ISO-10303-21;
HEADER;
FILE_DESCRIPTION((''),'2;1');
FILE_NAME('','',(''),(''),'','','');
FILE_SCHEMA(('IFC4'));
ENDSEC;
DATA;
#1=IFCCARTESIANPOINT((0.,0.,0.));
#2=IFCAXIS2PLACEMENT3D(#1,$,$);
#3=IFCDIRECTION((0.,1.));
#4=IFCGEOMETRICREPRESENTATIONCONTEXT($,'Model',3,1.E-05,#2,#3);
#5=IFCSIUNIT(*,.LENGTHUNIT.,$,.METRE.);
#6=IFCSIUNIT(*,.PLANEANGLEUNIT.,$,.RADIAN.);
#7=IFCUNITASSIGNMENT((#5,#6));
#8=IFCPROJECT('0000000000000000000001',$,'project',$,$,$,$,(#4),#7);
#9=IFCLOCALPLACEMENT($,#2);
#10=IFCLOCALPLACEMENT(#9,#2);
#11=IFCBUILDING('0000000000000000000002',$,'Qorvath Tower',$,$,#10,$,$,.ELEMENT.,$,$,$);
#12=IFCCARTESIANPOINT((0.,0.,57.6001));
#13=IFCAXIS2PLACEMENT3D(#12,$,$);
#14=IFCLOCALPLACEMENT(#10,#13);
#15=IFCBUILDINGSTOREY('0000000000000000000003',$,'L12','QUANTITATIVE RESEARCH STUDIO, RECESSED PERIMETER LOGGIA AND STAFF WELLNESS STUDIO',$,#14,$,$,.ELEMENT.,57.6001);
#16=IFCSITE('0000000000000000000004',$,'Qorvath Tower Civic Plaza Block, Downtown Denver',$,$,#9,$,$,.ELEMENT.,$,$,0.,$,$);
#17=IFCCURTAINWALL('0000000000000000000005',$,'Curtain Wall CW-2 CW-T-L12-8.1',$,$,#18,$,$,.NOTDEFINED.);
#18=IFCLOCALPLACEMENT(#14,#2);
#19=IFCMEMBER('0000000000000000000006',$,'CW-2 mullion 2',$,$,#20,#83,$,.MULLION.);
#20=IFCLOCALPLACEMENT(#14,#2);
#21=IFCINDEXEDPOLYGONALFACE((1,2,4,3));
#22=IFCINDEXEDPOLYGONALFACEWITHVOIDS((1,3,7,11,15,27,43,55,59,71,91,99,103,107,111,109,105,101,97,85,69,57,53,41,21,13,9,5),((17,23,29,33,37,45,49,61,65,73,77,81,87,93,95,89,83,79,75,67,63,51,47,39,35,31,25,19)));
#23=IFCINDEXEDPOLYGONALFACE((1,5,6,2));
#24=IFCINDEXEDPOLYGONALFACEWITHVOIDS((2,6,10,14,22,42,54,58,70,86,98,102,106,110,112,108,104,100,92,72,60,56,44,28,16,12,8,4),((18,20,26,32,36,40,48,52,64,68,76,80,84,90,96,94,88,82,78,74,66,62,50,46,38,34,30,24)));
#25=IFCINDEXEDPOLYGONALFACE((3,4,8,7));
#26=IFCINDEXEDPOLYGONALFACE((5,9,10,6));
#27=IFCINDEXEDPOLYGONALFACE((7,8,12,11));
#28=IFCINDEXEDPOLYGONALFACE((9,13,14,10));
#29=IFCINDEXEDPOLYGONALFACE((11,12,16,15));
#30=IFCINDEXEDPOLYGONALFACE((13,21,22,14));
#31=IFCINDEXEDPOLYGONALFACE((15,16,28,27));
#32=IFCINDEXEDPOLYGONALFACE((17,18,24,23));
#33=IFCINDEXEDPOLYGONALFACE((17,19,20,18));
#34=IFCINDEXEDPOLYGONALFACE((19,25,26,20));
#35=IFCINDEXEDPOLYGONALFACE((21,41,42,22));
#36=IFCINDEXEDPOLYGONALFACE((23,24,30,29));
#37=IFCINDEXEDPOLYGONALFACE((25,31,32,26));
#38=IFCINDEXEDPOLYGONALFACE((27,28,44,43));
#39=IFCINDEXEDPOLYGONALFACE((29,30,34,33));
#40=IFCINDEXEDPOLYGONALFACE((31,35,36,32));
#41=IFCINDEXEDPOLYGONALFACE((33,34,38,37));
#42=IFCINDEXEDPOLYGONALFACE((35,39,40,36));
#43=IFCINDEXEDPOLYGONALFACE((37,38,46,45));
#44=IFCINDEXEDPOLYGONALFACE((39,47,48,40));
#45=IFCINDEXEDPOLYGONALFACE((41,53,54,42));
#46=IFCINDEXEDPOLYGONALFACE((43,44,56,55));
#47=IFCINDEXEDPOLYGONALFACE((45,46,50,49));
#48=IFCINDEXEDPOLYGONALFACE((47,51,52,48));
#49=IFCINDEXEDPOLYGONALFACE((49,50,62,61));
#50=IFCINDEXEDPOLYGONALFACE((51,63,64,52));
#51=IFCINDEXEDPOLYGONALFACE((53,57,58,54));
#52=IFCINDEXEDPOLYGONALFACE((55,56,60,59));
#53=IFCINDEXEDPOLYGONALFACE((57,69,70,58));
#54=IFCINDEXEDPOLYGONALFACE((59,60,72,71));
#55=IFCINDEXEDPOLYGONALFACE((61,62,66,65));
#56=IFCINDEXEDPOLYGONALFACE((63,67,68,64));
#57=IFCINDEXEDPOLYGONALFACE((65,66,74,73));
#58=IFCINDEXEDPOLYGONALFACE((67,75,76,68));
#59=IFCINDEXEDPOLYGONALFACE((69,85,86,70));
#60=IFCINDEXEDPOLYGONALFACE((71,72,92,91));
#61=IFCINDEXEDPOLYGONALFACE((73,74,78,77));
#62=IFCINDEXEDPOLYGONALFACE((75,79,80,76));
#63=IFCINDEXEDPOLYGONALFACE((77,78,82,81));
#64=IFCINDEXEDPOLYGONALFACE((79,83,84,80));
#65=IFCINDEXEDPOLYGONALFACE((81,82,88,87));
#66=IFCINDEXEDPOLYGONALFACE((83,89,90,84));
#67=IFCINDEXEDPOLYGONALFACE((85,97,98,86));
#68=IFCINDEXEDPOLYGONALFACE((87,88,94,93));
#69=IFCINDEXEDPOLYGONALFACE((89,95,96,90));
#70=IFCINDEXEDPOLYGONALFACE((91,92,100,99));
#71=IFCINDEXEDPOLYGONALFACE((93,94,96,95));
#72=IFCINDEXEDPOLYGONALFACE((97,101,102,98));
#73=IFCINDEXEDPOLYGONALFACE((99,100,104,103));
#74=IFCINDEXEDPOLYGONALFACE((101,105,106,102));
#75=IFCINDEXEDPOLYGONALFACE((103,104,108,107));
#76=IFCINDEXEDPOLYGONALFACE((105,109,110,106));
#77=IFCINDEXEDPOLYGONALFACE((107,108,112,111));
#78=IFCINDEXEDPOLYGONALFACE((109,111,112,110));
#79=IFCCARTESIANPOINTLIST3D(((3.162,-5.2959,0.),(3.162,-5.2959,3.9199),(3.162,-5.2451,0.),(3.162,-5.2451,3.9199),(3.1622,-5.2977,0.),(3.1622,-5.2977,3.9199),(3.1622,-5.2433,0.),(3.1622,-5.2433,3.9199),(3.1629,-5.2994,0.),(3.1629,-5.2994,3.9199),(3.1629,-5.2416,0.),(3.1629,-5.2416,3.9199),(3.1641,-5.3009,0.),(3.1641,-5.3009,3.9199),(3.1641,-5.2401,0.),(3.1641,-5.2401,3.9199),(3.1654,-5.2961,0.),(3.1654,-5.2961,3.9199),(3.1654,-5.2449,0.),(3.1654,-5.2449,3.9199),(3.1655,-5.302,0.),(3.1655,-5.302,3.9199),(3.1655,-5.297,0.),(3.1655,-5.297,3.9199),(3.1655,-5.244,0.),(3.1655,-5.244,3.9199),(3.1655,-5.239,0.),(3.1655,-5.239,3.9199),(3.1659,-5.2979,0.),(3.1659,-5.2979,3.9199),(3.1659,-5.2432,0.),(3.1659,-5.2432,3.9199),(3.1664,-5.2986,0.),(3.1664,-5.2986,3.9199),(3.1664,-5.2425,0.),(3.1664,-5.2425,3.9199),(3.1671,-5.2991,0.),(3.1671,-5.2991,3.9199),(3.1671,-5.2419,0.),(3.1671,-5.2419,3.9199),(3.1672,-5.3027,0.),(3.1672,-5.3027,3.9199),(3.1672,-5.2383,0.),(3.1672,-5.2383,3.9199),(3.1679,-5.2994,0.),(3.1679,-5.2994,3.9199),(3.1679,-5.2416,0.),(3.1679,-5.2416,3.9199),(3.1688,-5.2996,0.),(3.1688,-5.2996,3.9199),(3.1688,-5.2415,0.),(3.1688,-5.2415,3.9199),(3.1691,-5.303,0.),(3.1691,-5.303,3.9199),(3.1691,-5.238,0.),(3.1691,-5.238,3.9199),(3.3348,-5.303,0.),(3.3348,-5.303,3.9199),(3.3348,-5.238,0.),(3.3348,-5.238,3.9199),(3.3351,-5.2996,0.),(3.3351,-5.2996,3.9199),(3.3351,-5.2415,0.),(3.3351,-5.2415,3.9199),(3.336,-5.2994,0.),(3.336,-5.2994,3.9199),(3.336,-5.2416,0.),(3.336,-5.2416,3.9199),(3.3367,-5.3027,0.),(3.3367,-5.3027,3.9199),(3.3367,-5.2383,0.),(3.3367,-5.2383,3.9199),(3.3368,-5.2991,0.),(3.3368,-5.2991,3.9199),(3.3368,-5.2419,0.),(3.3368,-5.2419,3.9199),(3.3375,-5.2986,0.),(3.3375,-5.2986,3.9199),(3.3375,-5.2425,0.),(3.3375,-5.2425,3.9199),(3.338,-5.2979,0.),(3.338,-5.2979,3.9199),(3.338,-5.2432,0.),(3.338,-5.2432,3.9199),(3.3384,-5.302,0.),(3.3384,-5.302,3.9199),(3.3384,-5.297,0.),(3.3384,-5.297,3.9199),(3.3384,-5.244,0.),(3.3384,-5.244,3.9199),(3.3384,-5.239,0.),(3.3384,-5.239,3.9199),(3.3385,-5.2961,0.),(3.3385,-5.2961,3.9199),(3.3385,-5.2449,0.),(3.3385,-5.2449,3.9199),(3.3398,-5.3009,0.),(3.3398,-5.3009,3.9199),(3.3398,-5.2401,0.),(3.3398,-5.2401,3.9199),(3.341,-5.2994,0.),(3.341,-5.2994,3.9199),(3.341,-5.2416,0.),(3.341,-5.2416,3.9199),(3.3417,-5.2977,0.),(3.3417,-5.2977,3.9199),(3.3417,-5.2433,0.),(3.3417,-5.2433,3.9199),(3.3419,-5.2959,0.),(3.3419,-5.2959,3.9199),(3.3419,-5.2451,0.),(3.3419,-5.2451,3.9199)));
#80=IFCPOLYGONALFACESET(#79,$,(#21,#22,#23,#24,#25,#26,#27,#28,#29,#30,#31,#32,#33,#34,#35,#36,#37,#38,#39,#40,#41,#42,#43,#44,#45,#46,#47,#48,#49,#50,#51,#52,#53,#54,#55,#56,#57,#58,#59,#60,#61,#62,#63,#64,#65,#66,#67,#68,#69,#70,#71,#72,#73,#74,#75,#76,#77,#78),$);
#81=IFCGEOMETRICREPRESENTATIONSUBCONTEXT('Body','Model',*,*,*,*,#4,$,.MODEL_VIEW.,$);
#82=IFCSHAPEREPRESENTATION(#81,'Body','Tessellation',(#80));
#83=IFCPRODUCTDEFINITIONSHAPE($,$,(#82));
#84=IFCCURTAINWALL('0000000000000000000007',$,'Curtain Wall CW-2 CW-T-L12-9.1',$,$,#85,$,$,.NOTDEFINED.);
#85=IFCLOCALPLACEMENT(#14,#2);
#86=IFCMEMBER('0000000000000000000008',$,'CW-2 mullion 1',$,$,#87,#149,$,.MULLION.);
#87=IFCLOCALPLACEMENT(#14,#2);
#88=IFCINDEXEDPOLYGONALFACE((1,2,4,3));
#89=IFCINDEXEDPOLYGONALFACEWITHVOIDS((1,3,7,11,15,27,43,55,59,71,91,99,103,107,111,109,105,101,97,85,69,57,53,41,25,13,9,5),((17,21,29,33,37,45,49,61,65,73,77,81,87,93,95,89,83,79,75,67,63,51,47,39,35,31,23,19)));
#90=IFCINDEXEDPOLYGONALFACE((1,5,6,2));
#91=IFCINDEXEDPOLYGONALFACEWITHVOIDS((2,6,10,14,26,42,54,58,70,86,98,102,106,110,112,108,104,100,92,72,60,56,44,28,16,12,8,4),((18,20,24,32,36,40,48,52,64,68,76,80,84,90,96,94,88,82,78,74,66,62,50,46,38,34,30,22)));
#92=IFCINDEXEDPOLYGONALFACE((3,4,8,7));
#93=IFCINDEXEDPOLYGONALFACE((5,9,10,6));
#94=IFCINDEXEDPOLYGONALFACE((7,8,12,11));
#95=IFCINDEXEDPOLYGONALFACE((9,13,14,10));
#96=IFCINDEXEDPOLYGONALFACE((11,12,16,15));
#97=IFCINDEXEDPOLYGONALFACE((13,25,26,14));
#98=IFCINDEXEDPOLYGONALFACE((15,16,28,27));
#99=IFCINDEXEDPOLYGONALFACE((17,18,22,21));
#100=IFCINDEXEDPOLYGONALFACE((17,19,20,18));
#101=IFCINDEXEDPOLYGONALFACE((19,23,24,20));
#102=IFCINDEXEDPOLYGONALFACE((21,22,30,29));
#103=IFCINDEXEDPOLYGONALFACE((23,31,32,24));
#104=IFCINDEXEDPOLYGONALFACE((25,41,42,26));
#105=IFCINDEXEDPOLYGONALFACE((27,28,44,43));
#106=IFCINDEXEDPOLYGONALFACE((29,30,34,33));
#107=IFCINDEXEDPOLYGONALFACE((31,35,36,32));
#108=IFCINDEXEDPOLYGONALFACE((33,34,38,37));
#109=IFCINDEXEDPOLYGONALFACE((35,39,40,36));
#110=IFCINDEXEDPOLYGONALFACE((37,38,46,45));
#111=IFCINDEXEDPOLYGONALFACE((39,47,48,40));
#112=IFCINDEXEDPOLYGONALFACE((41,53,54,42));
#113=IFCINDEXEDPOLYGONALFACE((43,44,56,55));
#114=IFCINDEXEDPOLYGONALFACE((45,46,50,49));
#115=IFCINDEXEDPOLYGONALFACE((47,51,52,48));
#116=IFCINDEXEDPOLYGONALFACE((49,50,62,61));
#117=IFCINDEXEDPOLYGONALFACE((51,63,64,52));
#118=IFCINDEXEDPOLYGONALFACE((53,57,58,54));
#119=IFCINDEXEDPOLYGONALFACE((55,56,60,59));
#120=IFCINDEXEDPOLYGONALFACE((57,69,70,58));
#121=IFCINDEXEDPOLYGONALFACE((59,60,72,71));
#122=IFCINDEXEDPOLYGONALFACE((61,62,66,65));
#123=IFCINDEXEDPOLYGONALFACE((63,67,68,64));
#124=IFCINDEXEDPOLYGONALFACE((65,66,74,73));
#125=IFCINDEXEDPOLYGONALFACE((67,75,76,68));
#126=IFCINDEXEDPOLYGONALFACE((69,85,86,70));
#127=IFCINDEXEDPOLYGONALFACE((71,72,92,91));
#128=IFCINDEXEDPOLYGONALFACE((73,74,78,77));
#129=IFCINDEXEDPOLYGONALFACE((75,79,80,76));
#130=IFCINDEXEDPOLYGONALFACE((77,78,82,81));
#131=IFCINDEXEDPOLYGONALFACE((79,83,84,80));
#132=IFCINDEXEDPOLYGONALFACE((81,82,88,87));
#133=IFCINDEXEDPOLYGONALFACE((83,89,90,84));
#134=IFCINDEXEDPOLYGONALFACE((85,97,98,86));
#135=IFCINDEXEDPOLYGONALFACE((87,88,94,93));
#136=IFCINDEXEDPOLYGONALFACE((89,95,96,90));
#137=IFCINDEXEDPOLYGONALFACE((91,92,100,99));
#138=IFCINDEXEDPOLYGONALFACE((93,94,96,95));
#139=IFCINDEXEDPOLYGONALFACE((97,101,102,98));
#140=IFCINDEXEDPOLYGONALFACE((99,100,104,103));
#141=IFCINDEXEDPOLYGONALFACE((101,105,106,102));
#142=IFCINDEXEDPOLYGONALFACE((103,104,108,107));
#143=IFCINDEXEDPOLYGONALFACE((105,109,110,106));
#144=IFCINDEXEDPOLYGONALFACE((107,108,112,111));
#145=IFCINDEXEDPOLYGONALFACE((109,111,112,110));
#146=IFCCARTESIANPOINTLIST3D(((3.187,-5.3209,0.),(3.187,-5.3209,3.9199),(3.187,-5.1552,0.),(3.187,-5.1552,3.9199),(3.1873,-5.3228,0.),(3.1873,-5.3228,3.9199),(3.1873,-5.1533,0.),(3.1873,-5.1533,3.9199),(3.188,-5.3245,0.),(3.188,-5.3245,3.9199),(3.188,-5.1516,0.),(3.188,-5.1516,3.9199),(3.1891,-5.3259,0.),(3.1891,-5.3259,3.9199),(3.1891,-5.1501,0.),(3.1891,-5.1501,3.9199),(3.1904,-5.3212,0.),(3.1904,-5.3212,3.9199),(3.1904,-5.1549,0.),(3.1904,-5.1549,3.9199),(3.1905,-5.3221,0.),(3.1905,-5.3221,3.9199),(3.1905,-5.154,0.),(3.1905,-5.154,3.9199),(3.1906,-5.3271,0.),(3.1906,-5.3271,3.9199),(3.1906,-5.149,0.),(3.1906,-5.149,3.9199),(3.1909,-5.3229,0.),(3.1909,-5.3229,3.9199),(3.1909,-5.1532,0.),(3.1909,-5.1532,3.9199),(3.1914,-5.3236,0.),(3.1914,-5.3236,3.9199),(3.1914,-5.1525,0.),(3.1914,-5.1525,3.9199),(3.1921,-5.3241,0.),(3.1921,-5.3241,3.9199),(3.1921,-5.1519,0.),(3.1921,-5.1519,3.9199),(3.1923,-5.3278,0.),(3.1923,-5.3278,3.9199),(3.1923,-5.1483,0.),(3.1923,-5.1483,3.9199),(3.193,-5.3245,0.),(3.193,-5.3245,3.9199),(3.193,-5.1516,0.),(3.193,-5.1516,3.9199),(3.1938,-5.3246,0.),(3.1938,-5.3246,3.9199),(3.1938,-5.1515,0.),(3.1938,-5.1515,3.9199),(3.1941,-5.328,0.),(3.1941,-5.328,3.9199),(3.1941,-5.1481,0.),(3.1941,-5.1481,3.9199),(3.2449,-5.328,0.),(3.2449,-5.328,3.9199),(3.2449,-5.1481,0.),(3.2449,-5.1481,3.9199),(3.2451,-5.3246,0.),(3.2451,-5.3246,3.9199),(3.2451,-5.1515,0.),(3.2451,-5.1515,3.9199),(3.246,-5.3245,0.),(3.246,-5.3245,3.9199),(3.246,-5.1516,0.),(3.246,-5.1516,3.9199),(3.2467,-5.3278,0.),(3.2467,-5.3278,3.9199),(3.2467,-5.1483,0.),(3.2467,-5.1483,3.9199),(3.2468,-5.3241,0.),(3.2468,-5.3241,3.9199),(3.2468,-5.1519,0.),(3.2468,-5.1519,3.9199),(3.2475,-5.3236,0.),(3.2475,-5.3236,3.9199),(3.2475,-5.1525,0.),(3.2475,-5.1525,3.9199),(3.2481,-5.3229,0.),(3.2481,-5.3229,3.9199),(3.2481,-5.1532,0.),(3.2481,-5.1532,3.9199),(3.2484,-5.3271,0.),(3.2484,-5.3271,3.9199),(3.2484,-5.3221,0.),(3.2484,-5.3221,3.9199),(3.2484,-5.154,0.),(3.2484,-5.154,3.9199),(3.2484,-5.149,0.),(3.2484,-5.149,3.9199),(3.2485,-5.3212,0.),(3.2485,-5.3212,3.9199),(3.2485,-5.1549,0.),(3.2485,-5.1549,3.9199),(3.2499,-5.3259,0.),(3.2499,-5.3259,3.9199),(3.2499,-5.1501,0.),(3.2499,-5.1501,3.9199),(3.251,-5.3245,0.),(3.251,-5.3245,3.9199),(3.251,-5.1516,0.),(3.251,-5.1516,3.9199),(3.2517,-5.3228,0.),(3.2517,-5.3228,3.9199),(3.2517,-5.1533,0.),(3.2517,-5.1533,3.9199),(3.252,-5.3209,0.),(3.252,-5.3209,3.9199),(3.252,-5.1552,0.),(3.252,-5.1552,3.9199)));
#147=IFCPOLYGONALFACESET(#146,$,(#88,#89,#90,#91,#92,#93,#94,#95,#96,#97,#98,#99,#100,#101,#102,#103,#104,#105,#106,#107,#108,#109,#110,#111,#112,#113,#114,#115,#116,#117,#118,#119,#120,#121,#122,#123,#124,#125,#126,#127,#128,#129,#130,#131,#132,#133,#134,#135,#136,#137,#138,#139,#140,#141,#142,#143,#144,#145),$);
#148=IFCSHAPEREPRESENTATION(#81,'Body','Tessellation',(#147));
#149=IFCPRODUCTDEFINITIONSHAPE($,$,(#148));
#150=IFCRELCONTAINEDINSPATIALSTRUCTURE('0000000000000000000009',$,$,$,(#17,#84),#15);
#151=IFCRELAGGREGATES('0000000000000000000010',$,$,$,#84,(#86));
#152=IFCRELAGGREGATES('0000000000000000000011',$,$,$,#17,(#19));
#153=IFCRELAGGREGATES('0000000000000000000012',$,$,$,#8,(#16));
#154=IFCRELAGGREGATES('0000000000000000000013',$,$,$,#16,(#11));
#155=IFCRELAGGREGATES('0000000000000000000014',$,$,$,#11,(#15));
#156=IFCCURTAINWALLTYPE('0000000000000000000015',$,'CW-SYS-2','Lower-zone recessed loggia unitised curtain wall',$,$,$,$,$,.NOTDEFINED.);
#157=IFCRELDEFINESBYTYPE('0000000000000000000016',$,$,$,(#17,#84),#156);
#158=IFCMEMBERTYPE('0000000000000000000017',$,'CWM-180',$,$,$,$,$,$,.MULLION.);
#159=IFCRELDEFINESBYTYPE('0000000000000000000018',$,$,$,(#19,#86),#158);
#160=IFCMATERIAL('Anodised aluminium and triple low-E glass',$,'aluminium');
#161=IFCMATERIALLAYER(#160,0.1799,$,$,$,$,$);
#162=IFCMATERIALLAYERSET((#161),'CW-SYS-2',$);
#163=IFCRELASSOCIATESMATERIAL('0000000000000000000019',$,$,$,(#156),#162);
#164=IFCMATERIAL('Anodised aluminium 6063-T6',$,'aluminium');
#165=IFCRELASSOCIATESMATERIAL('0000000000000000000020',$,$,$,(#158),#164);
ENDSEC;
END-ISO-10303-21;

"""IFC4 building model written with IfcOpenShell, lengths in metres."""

from ifc_helpers import new_model, si_unit, direction, frame, origin, origin_2d, place, context, subcontext, project, spatial, hollow_rectangle, extrude, material, layer, layer_set, material_profile, profile_set, type_object, element, aggregate, save


model = new_model("IFC4")

# Units and contexts
model_context = context("Model", 3, precision=1e-05, world=origin(), true_north=direction((0.0, 1.0)))
body_context = subcontext(model_context, "Body", "Model", "MODEL_VIEW")
ifc_project = project(units=[si_unit("LENGTHUNIT", "METRE"), si_unit("PLANEANGLEUNIT", "RADIAN")], contexts=[model_context])

# Site, building, storey
site_placement = place(None, origin())
site = spatial("IfcSite", under=ifc_project, at=site_placement, Name="Qorvath Tower Civic Plaza Block, Downtown Denver", CompositionType="ELEMENT", RefElevation=0.0)
building_placement = place(site_placement, origin())
building = spatial("IfcBuilding", under=site, at=building_placement, Name="Qorvath Tower", CompositionType="ELEMENT")
storey_placement = place(building_placement, frame((0.0, 0.0, 57.6001)))
storey = spatial("IfcBuildingStorey", under=building, at=storey_placement, Name="L12", Description="QUANTITATIVE RESEARCH STUDIO, RECESSED PERIMETER LOGGIA AND STAFF WELLNESS STUDIO", CompositionType="ELEMENT", Elevation=57.6001)

# Shared definitions
ifc_material_1 = material(Name="Anodised aluminium and triple low-E glass", Category="aluminium")
ifc_layer_1 = layer(ifc_material_1, 0.1799)
ifc_layer_set_1 = layer_set([ifc_layer_1], Name="CW-SYS-2")
curtain_wall_type = type_object("IfcCurtainWallType", Name="CW-SYS-2", Description="Lower-zone recessed loggia unitised curtain wall", PredefinedType="NOTDEFINED", material=ifc_layer_set_1)
ifc_material_2 = material(Name="Anodised aluminium 6063-T6", Category="aluminium")
ifc_material_profile_1 = material_profile(ifc_material_2, hollow_rectangle(XDim=0.0649, YDim=0.1799, WallThickness=0.0034, InnerFilletRadius=0.0034, OuterFilletRadius=0.0071, at=origin_2d()), Name="CWM 180x65")
ifc_profile_set_1 = profile_set([ifc_material_profile_1], Name="Anodised aluminium 6063-T6")
member_type_1 = type_object("IfcMemberType", Name="CWM-180", PredefinedType="MULLION", material=ifc_profile_set_1)

# Curtain wall, member
curtain_wall_1_placement = place(storey_placement, origin())
curtain_wall_1 = element("IfcCurtainWall", 1, at=curtain_wall_1_placement, inside=storey, type_object=curtain_wall_type, Name="Curtain Wall CW-2 CW-T-L12-8.1", PredefinedType="NOTDEFINED")
member_1_placement = place(storey_placement, frame((3.252, -5.2705, 0.0), z_axis=(0.0, 0.0, 1.0), x_axis=(0.0, -1.0, 0.0)))
member_1 = element("IfcMember", 2, at=member_1_placement, type_object=member_type_1, Name="CW-2 mullion 2", PredefinedType="MULLION", context=body_context, shape_type="SweptSolid", body=[
    extrude(hollow_rectangle(XDim=0.0649, YDim=0.1799, WallThickness=0.0034, InnerFilletRadius=0.0034, OuterFilletRadius=0.0071, at=origin_2d()), origin(), (0.0, 0.0, 1.0), 3.9199),
])

# Curtain wall, member
curtain_wall_2_placement = place(storey_placement, origin())
curtain_wall_2 = element("IfcCurtainWall", 3, at=curtain_wall_2_placement, inside=storey, type_object=curtain_wall_type, Name="Curtain Wall CW-2 CW-T-L12-9.1", PredefinedType="NOTDEFINED")
member_2_placement = place(storey_placement, frame((3.2195, -5.238, 0.0), z_axis=(0.0, 0.0, 1.0), x_axis=(-1.0, 0.0, 0.0)))
member_2 = element("IfcMember", 4, at=member_2_placement, type_object=member_type_1, Name="CW-2 mullion 1", PredefinedType="MULLION", context=body_context, shape_type="SweptSolid", body=[
    extrude(hollow_rectangle(XDim=0.0649, YDim=0.1799, WallThickness=0.0034, InnerFilletRadius=0.0034, OuterFilletRadius=0.0071, at=origin_2d()), origin(), (0.0, 0.0, 1.0), 3.9199),
])

aggregate(curtain_wall_2, [member_2])

aggregate(curtain_wall_1, [member_1])

save(model, "model.ifc")
